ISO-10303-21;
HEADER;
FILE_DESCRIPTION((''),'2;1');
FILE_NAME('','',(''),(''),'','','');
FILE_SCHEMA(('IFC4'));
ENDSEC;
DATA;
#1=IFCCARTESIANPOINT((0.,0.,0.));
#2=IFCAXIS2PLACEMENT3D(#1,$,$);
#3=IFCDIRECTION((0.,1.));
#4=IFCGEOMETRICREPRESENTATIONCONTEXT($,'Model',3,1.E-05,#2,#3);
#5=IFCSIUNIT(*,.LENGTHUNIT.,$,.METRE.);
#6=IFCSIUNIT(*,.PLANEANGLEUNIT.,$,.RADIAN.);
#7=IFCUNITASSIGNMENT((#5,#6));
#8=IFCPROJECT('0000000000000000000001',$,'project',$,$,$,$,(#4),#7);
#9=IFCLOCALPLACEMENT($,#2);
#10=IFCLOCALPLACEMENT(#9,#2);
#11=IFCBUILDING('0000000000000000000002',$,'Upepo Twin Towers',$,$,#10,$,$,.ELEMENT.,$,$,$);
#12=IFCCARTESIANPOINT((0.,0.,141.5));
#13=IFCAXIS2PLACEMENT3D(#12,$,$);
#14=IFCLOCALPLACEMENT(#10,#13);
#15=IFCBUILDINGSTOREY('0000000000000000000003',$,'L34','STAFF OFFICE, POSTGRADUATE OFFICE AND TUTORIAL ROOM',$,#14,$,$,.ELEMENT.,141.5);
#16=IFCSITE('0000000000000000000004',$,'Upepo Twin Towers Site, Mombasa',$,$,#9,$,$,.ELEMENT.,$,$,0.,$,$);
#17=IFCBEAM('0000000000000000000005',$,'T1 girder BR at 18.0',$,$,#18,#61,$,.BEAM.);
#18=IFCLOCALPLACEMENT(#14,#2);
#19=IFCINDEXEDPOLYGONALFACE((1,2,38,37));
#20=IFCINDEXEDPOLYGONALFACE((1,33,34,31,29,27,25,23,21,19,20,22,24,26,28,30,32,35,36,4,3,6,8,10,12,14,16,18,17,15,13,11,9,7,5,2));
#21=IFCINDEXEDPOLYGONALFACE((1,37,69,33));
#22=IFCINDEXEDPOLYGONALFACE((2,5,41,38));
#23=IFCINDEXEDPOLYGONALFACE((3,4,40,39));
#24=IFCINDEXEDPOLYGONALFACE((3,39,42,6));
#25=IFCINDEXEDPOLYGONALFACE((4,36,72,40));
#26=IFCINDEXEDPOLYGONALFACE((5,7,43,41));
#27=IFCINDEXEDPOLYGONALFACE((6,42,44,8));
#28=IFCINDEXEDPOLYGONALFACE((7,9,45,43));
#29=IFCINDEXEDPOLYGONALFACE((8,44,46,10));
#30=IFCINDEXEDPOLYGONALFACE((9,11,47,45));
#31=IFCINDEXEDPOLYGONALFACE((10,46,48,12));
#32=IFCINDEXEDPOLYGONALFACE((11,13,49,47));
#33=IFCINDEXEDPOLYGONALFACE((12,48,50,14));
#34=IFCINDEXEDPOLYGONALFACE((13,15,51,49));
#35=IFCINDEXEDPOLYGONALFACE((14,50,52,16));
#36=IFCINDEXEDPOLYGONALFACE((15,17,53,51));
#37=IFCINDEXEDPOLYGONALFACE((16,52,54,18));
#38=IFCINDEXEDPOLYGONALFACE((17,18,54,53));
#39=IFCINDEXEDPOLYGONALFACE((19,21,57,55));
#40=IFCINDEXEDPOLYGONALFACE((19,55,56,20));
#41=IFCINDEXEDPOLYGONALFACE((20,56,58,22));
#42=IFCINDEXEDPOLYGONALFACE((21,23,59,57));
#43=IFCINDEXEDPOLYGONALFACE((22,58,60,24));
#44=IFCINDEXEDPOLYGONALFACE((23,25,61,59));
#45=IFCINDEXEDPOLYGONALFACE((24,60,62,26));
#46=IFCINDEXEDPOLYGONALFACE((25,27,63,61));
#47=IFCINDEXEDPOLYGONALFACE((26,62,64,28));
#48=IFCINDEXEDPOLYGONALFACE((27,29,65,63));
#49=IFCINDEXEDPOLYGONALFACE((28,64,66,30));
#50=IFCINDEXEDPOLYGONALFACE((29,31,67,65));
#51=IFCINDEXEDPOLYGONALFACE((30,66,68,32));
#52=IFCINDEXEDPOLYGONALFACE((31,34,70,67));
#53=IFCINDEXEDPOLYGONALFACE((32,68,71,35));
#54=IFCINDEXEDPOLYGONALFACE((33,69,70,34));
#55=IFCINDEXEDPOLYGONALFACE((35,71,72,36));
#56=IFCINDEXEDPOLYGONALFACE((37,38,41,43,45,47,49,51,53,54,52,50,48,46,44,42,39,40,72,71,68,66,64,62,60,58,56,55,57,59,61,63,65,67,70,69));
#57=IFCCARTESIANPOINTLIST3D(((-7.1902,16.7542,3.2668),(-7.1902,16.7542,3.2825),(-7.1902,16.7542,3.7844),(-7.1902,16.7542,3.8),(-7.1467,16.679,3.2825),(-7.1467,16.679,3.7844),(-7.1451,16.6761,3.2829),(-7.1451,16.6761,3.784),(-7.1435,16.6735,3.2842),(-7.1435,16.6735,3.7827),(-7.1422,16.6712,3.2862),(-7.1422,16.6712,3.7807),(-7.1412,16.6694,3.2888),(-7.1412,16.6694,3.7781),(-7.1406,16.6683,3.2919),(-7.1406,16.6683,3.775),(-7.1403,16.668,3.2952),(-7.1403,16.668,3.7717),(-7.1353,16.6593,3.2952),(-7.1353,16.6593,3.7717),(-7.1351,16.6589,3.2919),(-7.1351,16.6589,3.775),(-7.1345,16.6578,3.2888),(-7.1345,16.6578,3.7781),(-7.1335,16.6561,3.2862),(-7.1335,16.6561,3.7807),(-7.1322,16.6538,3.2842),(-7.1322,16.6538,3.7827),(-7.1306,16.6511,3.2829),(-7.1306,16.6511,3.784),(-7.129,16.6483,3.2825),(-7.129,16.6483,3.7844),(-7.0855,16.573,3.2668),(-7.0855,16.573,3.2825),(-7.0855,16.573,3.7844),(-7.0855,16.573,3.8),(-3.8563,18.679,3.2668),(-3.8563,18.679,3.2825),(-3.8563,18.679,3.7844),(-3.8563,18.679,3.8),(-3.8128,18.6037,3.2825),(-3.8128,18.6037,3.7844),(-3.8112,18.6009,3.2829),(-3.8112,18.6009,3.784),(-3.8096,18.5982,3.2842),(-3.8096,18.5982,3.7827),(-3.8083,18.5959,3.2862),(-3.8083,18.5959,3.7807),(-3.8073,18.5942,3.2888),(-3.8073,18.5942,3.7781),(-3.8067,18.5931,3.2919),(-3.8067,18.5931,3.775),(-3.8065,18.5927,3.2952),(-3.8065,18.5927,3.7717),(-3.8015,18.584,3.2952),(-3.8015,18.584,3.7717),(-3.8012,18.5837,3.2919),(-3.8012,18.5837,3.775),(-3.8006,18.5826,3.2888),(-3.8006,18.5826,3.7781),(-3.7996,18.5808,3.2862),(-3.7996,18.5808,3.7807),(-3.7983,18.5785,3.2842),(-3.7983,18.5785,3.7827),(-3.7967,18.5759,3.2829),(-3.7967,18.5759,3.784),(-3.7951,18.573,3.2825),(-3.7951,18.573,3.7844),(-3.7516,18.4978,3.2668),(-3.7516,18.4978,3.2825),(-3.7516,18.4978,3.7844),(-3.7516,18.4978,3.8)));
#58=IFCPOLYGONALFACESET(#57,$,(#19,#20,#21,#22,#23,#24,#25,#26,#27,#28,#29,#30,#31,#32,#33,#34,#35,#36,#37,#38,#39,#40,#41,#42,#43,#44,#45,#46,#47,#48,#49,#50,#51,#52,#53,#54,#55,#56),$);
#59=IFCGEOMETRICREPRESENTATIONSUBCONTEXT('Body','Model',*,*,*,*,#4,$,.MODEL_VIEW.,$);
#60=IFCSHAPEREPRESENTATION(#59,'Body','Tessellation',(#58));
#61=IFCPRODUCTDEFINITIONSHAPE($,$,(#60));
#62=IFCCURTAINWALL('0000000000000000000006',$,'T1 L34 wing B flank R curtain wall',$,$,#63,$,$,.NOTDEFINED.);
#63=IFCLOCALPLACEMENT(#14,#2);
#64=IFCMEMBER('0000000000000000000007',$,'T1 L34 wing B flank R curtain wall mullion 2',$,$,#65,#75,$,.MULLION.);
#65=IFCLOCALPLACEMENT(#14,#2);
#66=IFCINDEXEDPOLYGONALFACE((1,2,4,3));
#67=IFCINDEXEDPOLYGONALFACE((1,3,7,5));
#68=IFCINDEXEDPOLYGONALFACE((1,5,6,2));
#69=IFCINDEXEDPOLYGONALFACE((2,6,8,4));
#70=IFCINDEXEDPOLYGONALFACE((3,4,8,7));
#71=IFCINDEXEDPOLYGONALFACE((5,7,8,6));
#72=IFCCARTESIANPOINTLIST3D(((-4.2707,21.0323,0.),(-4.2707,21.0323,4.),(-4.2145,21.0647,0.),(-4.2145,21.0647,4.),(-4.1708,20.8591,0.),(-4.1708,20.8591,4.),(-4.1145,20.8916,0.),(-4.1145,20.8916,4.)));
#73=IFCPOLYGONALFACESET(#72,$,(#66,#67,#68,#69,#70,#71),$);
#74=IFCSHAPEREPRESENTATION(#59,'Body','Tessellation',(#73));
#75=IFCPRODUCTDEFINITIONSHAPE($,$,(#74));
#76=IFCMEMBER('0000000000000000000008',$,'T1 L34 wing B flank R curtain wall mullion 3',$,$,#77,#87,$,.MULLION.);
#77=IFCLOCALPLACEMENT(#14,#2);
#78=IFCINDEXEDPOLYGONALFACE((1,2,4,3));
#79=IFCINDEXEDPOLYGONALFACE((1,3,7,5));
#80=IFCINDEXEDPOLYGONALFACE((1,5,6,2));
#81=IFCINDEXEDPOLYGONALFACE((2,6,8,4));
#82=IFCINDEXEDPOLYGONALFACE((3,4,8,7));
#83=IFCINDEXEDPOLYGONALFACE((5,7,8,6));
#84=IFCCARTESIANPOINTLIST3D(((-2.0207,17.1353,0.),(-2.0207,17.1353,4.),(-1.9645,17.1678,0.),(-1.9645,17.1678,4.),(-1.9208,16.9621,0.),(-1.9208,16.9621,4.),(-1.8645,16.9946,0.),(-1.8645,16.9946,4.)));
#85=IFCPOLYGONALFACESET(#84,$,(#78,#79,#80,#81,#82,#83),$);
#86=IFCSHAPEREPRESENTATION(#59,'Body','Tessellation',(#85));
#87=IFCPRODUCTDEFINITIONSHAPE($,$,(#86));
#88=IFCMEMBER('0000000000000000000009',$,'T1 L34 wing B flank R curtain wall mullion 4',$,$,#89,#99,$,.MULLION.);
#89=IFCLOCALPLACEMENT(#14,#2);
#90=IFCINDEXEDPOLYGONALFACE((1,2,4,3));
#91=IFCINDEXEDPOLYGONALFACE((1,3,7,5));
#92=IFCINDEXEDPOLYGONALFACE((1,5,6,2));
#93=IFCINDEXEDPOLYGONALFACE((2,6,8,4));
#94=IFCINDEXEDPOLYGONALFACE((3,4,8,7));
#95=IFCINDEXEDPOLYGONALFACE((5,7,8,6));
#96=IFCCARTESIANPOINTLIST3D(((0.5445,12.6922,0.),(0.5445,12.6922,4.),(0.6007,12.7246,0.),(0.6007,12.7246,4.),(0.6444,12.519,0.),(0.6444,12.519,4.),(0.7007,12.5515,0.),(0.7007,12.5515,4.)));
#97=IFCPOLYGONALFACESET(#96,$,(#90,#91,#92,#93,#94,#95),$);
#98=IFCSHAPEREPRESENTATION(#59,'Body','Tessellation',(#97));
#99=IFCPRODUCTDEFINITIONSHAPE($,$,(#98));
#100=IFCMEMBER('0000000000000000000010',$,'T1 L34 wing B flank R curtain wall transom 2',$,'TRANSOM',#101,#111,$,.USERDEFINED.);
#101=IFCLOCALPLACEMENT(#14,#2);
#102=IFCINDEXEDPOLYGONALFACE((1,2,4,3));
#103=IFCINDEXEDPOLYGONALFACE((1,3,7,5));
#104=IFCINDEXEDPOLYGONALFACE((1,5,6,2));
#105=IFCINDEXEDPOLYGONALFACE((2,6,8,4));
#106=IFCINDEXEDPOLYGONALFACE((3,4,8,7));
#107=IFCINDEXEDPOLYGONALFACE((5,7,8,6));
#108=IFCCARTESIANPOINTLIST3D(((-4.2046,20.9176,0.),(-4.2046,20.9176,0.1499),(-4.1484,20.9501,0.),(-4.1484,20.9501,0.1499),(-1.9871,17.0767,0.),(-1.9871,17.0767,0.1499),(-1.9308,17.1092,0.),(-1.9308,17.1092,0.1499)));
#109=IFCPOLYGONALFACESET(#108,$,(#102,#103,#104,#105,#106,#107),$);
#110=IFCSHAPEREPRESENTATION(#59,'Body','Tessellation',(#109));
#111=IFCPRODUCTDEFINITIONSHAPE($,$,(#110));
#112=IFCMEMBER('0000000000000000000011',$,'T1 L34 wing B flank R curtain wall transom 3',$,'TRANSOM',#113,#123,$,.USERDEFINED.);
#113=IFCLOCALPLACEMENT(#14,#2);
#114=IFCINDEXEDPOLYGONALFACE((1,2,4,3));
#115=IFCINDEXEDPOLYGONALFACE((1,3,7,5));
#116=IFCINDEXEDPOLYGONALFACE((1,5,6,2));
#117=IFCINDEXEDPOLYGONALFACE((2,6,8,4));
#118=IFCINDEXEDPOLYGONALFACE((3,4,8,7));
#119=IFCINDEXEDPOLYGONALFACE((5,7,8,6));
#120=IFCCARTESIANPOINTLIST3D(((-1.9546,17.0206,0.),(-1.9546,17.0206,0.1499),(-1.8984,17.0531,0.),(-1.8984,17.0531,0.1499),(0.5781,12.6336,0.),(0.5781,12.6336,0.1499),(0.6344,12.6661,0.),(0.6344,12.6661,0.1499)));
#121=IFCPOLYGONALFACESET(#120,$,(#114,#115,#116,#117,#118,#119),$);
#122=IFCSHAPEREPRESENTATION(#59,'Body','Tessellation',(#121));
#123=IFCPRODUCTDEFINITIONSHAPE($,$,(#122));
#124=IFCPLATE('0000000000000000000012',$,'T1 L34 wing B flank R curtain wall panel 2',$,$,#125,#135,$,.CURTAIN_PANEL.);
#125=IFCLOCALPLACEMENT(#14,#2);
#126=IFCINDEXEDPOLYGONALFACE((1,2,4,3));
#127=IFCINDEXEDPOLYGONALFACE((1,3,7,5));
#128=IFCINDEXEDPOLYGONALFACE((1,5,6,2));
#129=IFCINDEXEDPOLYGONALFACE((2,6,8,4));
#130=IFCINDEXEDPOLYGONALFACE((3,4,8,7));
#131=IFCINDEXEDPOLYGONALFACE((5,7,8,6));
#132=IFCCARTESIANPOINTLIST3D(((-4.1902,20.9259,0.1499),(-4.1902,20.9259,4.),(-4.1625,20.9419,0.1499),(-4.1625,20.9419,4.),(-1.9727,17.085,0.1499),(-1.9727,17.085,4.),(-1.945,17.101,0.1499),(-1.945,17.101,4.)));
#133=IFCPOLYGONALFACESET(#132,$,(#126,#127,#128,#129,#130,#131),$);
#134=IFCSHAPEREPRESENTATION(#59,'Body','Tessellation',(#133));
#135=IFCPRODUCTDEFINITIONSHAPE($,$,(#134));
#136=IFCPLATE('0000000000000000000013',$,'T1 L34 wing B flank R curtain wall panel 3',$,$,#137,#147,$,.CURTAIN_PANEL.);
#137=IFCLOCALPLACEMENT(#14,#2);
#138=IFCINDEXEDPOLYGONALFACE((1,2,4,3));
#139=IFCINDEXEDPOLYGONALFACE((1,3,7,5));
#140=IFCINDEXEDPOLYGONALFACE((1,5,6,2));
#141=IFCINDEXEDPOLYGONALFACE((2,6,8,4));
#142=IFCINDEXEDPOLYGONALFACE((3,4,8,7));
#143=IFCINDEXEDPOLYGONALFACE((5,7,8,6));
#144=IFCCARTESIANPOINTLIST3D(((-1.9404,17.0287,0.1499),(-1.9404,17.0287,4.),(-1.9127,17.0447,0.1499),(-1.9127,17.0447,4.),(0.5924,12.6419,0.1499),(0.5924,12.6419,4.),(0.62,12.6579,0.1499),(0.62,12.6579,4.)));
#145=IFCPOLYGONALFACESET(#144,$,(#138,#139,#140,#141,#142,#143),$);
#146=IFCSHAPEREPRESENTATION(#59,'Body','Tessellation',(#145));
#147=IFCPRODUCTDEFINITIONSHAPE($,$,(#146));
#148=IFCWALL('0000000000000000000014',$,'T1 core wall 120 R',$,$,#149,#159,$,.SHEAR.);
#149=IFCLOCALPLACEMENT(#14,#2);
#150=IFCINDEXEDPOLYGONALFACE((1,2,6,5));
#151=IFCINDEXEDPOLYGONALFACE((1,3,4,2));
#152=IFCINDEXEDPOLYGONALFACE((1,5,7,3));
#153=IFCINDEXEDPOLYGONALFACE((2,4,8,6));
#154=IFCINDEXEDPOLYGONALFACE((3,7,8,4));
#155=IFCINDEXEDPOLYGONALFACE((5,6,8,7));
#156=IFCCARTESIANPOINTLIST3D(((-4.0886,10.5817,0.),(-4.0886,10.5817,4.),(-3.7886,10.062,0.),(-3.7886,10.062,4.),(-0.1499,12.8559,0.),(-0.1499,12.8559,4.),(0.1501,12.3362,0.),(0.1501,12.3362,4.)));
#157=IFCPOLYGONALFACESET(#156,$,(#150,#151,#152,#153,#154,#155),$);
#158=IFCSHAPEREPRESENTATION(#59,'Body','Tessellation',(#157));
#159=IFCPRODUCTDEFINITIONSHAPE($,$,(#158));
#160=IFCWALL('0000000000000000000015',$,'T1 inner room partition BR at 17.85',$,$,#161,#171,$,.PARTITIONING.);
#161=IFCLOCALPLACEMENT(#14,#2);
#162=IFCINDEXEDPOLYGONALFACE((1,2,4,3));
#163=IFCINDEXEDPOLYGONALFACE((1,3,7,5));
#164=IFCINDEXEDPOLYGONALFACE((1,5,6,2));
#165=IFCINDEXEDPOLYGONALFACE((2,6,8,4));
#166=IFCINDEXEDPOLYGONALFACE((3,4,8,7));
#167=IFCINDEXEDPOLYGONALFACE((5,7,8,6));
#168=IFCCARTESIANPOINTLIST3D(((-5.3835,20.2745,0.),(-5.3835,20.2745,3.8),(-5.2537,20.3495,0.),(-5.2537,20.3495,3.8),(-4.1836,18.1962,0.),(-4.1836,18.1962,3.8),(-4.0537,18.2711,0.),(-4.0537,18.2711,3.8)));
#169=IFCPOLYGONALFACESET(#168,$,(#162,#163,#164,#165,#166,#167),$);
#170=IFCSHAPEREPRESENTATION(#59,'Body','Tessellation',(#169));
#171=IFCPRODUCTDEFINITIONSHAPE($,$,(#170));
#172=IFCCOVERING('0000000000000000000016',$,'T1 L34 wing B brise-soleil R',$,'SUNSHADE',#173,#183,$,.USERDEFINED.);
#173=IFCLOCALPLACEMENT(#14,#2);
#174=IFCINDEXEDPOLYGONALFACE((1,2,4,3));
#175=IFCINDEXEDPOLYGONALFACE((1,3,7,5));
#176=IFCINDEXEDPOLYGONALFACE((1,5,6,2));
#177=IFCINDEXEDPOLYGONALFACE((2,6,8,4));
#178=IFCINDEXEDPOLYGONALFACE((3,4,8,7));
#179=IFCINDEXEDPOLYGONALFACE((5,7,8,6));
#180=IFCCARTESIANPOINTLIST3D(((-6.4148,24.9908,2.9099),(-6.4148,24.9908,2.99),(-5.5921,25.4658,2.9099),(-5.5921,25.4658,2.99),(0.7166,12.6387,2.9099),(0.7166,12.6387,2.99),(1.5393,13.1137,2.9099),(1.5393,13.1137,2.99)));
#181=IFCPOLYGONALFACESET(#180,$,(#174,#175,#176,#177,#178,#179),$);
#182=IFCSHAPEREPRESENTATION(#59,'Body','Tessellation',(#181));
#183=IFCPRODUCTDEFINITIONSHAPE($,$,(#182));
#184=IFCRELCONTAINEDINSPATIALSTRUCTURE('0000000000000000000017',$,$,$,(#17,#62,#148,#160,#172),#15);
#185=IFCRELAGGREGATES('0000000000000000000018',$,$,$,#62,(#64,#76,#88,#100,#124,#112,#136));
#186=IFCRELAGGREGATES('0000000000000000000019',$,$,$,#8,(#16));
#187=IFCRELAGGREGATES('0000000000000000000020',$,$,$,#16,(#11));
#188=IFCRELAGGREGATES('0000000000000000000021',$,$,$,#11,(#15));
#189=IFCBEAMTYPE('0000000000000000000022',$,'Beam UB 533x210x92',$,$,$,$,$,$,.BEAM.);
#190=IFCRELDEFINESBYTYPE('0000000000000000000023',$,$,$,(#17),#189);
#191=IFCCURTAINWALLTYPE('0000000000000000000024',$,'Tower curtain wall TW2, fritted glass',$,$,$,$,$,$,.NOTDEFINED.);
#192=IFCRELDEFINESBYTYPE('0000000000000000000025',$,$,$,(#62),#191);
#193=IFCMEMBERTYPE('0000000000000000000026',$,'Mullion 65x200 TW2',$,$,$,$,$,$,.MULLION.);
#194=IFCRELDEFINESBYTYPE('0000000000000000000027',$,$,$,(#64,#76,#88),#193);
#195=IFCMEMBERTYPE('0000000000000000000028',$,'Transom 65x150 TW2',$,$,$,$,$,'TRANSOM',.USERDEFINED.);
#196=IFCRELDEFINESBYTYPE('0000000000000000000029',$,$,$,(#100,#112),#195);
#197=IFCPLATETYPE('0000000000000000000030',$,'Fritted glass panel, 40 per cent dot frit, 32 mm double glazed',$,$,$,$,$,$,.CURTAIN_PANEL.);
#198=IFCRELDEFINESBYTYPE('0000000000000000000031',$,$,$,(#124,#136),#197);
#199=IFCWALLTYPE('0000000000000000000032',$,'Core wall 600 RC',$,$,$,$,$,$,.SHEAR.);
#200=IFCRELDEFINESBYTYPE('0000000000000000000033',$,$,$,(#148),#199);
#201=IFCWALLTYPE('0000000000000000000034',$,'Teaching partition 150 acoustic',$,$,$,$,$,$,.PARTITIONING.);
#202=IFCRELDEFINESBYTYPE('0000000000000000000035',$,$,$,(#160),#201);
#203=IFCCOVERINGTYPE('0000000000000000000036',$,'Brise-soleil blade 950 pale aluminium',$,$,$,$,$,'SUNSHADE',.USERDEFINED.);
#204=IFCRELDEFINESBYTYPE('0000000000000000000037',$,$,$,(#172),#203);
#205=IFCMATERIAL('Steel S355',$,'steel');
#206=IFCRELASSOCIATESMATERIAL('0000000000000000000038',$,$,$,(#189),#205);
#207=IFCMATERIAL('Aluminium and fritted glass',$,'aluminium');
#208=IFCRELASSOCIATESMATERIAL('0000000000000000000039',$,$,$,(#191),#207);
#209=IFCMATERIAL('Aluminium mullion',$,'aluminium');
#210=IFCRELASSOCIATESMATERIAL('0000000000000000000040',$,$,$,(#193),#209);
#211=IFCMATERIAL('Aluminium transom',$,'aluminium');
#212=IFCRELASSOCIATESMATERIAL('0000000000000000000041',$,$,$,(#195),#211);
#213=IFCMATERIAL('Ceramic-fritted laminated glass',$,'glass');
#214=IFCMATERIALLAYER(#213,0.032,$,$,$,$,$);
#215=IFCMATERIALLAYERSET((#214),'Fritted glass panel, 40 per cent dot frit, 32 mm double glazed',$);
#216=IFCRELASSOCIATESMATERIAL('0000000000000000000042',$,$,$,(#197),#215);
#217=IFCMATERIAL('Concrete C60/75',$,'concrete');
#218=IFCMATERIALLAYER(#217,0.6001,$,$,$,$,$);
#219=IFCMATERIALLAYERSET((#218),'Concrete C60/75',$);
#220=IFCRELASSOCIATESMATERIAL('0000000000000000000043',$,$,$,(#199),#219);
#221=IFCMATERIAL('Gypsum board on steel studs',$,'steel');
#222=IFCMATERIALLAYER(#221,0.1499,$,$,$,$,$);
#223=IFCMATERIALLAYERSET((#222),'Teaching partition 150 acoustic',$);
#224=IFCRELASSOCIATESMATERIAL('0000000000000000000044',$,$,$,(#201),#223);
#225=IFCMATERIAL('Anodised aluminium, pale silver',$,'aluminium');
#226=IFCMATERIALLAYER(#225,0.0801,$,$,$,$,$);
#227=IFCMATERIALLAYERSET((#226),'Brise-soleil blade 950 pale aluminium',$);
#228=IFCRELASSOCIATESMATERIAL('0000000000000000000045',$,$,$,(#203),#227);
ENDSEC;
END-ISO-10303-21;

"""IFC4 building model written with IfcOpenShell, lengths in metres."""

from ifc_helpers import new_model, si_unit, direction, frame, frame_2d, origin, origin_2d, place, context, subcontext, project, spatial, rectangle, i_section, extrude, material, layer, layer_set, material_profile, profile_set, type_object, element, aggregate, save


model = new_model("IFC4")

# Units and contexts
model_context = context("Model", 3, precision=1e-05, world=origin(), true_north=direction((0.0, 1.0)))
body_context = subcontext(model_context, "Body", "Model", "MODEL_VIEW")
ifc_project = project(units=[si_unit("LENGTHUNIT", "METRE"), si_unit("PLANEANGLEUNIT", "RADIAN")], contexts=[model_context])

# Site, building, storey
site_placement = place(None, origin())
site = spatial("IfcSite", under=ifc_project, at=site_placement, Name="Upepo Twin Towers Site, Mombasa", CompositionType="ELEMENT", RefElevation=0.0)
building_placement = place(site_placement, origin())
building = spatial("IfcBuilding", under=site, at=building_placement, Name="Upepo Twin Towers", CompositionType="ELEMENT")
storey_placement = place(building_placement, frame((0.0, 0.0, 141.5)))
storey = spatial("IfcBuildingStorey", under=building, at=storey_placement, Name="L34", Description="STAFF OFFICE, POSTGRADUATE OFFICE AND TUTORIAL ROOM", CompositionType="ELEMENT", Elevation=141.5)

# Beam
ifc_material_1 = material(Name="Steel S355", Category="steel")
ifc_material_profile_1 = material_profile(ifc_material_1, i_section(OverallWidth=0.2092, OverallDepth=0.5332, WebThickness=0.01, FlangeThickness=0.0156, FilletRadius=0.0127, at=origin_2d()), Name="UB 533x210x92")
ifc_profile_set_1 = profile_set([ifc_material_profile_1], Name="Steel S355")
beam_type_1 = type_object("IfcBeamType", Name="Beam UB 533x210x92", PredefinedType="BEAM", material=ifc_profile_set_1)
beam_1_placement = place(storey_placement, frame((-3.804, 18.5884, 3.5334), z_axis=(-0.866034, -0.499986, 0.0), x_axis=(0.499986, -0.866034, 0.0)))
element("IfcBeam", 1, at=beam_1_placement, inside=storey, type_object=beam_type_1, Name="T1 girder BR at 18.0", PredefinedType="BEAM", context=body_context, shape_type="SweptSolid", body=[
    extrude(i_section(OverallWidth=0.2092, OverallDepth=0.5332, WebThickness=0.01, FlangeThickness=0.0156, FilletRadius=0.0127, at=origin_2d()), origin(), (0.0, 0.0, 1.0), 3.8496),
])

# Curtain wall, members, plates
ifc_material_2 = material(Name="Aluminium and fritted glass", Category="aluminium")
curtain_wall_type = type_object("IfcCurtainWallType", Name="Tower curtain wall TW2, fritted glass", PredefinedType="NOTDEFINED", material=ifc_material_2)
curtain_wall_placement = place(storey_placement, origin())
curtain_wall = element("IfcCurtainWall", 2, at=curtain_wall_placement, inside=storey, type_object=curtain_wall_type, Name="T1 L34 wing B flank R curtain wall", PredefinedType="NOTDEFINED")
ifc_material_3 = material(Name="Aluminium mullion", Category="aluminium")
ifc_material_profile_2 = material_profile(ifc_material_3, rectangle(XDim=0.0649, YDim=0.2, at=origin_2d()), Name="MULLION 65x200")
ifc_profile_set_2 = profile_set([ifc_material_profile_2], Name="Aluminium mullion")
member_type_1 = type_object("IfcMemberType", Name="Mullion 65x200 TW2", PredefinedType="MULLION", material=ifc_profile_set_2)
member_1_placement = place(storey_placement, frame((-4.1926, 20.9619, 0.0), z_axis=(0.0, 0.0, 1.0), x_axis=(0.866025, 0.5, 0.0)))
member_1 = element("IfcMember", 3, at=member_1_placement, type_object=member_type_1, Name="T1 L34 wing B flank R curtain wall mullion 2", PredefinedType="MULLION", context=body_context, shape_type="SweptSolid", body=[
    extrude(rectangle(XDim=0.0649, YDim=0.2, at=origin_2d()), origin(), (0.0, 0.0, 1.0), 4.0),
])
member_2_placement = place(storey_placement, frame((-1.9426, 17.0649, 0.0), z_axis=(0.0, 0.0, 1.0), x_axis=(0.866025, 0.5, 0.0)))
member_2 = element("IfcMember", 4, at=member_2_placement, type_object=member_type_1, Name="T1 L34 wing B flank R curtain wall mullion 3", PredefinedType="MULLION", context=body_context, shape_type="SweptSolid", body=[
    extrude(rectangle(XDim=0.0649, YDim=0.2, at=origin_2d()), origin(), (0.0, 0.0, 1.0), 4.0),
])
member_3_placement = place(storey_placement, frame((0.6226, 12.6218, 0.0), z_axis=(0.0, 0.0, 1.0), x_axis=(0.866025, 0.5, 0.0)))
member_3 = element("IfcMember", 5, at=member_3_placement, type_object=member_type_1, Name="T1 L34 wing B flank R curtain wall mullion 4", PredefinedType="MULLION", context=body_context, shape_type="SweptSolid", body=[
    extrude(rectangle(XDim=0.0649, YDim=0.2, at=origin_2d()), origin(), (0.0, 0.0, 1.0), 4.0),
])
ifc_material_4 = material(Name="Aluminium transom", Category="aluminium")
ifc_material_profile_3 = material_profile(ifc_material_4, rectangle(XDim=0.0649, YDim=0.1499, at=origin_2d()), Name="TRANSOM 65x150")
ifc_profile_set_3 = profile_set([ifc_material_profile_3], Name="Aluminium transom")
member_type_2 = type_object("IfcMemberType", Name="Transom 65x150 TW2", ElementType="TRANSOM", PredefinedType="USERDEFINED", material=ifc_profile_set_3)
member_4_placement = place(storey_placement, frame((-4.1765, 20.9338, 0.075), z_axis=(0.500005, -0.866022, 0.0), x_axis=(0.866022, 0.500005, 0.0)))
member_4 = element("IfcMember", 6, at=member_4_placement, type_object=member_type_2, Name="T1 L34 wing B flank R curtain wall transom 2", ObjectType="TRANSOM", PredefinedType="USERDEFINED", context=body_context, shape_type="SweptSolid", body=[
    extrude(rectangle(XDim=0.0649, YDim=0.1499, at=origin_2d()), origin(), (0.0, 0.0, 1.0), 4.4351),
])
member_5_placement = place(storey_placement, frame((-1.9265, 17.0369, 0.075), z_axis=(0.499985, -0.866034, 0.0), x_axis=(0.866034, 0.499985, 0.0)))
member_5 = element("IfcMember", 7, at=member_5_placement, type_object=member_type_2, Name="T1 L34 wing B flank R curtain wall transom 3", ObjectType="TRANSOM", PredefinedType="USERDEFINED", context=body_context, shape_type="SweptSolid", body=[
    extrude(rectangle(XDim=0.0649, YDim=0.1499, at=origin_2d()), origin(), (0.0, 0.0, 1.0), 5.0657),
])
ifc_material_5 = material(Name="Ceramic-fritted laminated glass", Category="glass")
ifc_layer_1 = layer(ifc_material_5, 0.032)
ifc_layer_set_1 = layer_set([ifc_layer_1], Name="Fritted glass panel, 40 per cent dot frit, 32 mm double glazed")
plate_type = type_object("IfcPlateType", Name="Fritted glass panel, 40 per cent dot frit, 32 mm double glazed", PredefinedType="CURTAIN_PANEL", material=ifc_layer_set_1)
plate_1_placement = place(storey_placement, frame((-3.0676, 19.0134, 0.1499), z_axis=(0.0, 0.0, 1.0), x_axis=(0.5, -0.866025, 0.0)))
plate_1 = element("IfcPlate", 8, at=plate_1_placement, type_object=plate_type, Name="T1 L34 wing B flank R curtain wall panel 2", PredefinedType="CURTAIN_PANEL", context=body_context, shape_type="SweptSolid", body=[
    extrude(rectangle(XDim=4.4351, YDim=0.032, at=origin_2d()), origin(), (0.0, 0.0, 1.0), 3.8501),
])
plate_2_placement = place(storey_placement, frame((-0.6602, 14.8433, 0.1499), z_axis=(0.0, 0.0, 1.0), x_axis=(0.5, -0.866025, 0.0)))
plate_2 = element("IfcPlate", 9, at=plate_2_placement, type_object=plate_type, Name="T1 L34 wing B flank R curtain wall panel 3", PredefinedType="CURTAIN_PANEL", context=body_context, shape_type="SweptSolid", body=[
    extrude(rectangle(XDim=5.0654, YDim=0.032, at=origin_2d()), origin(), (0.0, 0.0, 1.0), 3.8501),
])
aggregate(curtain_wall, [member_1, member_2, member_3, member_4, plate_1, member_5, plate_2])

# Walls
ifc_material_6 = material(Name="Concrete C60/75", Category="concrete")
ifc_layer_2 = layer(ifc_material_6, 0.6001)
ifc_layer_set_2 = layer_set([ifc_layer_2], Name="Concrete C60/75")
wall_type_1 = type_object("IfcWallType", Name="Core wall 600 RC", PredefinedType="SHEAR", material=ifc_layer_set_2)
wall_1_placement = place(storey_placement, frame((0.0, 12.5959, 0.0), z_axis=(0.0, 0.0, 1.0), x_axis=(-0.866011, -0.500024, 0.0)))
element("IfcWall", 10, at=wall_1_placement, inside=storey, type_object=wall_type_1, Name="T1 core wall 120 R", PredefinedType="SHEAR", context=body_context, shape_type="SweptSolid", body=[
    extrude(rectangle(XDim=4.5481, YDim=0.6001, at=frame_2d((2.2739, 0.0))), origin(), (0.0, 0.0, 1.0), 4.0),
])
ifc_material_7 = material(Name="Gypsum board on steel studs", Category="steel")
ifc_layer_3 = layer(ifc_material_7, 0.1499)
ifc_layer_set_3 = layer_set([ifc_layer_3], Name="Teaching partition 150 acoustic")
wall_type_2 = type_object("IfcWallType", Name="Teaching partition 150 acoustic", PredefinedType="PARTITIONING", material=ifc_layer_set_3)
wall_2_placement = place(storey_placement, frame((-4.1187, 18.2336, 0.0), z_axis=(0.0, 0.0, 1.0), x_axis=(-0.500001, 0.866025, 0.0)))
element("IfcWall", 11, at=wall_2_placement, inside=storey, type_object=wall_type_2, Name="T1 inner room partition BR at 17.85", PredefinedType="PARTITIONING", context=body_context, shape_type="SweptSolid", body=[
    extrude(rectangle(XDim=2.3999, YDim=0.1499, at=frame_2d((1.2, 0.0))), origin(), (0.0, 0.0, 1.0), 3.8),
])

# Covering
ifc_material_8 = material(Name="Anodised aluminium, pale silver", Category="aluminium")
ifc_layer_4 = layer(ifc_material_8, 0.0801)
ifc_layer_set_4 = layer_set([ifc_layer_4], Name="Brise-soleil blade 950 pale aluminium")
covering_type = type_object("IfcCoveringType", Name="Brise-soleil blade 950 pale aluminium", ElementType="SUNSHADE", PredefinedType="USERDEFINED", material=ifc_layer_set_4)
covering_placement = place(storey_placement, frame((-2.4377, 19.0522, 2.9099), z_axis=(0.0, 0.0, 1.0), x_axis=(-0.5, 0.866025, 0.0)))
element("IfcCovering", 12, at=covering_placement, inside=storey, type_object=covering_type, Name="T1 L34 wing B brise-soleil R", ObjectType="SUNSHADE", PredefinedType="USERDEFINED", context=body_context, shape_type="SweptSolid", body=[
    extrude(rectangle(XDim=14.2629, YDim=0.95, at=origin_2d()), origin(), (0.0, 0.0, 1.0), 0.0801),
])

save(model, "model.ifc")
